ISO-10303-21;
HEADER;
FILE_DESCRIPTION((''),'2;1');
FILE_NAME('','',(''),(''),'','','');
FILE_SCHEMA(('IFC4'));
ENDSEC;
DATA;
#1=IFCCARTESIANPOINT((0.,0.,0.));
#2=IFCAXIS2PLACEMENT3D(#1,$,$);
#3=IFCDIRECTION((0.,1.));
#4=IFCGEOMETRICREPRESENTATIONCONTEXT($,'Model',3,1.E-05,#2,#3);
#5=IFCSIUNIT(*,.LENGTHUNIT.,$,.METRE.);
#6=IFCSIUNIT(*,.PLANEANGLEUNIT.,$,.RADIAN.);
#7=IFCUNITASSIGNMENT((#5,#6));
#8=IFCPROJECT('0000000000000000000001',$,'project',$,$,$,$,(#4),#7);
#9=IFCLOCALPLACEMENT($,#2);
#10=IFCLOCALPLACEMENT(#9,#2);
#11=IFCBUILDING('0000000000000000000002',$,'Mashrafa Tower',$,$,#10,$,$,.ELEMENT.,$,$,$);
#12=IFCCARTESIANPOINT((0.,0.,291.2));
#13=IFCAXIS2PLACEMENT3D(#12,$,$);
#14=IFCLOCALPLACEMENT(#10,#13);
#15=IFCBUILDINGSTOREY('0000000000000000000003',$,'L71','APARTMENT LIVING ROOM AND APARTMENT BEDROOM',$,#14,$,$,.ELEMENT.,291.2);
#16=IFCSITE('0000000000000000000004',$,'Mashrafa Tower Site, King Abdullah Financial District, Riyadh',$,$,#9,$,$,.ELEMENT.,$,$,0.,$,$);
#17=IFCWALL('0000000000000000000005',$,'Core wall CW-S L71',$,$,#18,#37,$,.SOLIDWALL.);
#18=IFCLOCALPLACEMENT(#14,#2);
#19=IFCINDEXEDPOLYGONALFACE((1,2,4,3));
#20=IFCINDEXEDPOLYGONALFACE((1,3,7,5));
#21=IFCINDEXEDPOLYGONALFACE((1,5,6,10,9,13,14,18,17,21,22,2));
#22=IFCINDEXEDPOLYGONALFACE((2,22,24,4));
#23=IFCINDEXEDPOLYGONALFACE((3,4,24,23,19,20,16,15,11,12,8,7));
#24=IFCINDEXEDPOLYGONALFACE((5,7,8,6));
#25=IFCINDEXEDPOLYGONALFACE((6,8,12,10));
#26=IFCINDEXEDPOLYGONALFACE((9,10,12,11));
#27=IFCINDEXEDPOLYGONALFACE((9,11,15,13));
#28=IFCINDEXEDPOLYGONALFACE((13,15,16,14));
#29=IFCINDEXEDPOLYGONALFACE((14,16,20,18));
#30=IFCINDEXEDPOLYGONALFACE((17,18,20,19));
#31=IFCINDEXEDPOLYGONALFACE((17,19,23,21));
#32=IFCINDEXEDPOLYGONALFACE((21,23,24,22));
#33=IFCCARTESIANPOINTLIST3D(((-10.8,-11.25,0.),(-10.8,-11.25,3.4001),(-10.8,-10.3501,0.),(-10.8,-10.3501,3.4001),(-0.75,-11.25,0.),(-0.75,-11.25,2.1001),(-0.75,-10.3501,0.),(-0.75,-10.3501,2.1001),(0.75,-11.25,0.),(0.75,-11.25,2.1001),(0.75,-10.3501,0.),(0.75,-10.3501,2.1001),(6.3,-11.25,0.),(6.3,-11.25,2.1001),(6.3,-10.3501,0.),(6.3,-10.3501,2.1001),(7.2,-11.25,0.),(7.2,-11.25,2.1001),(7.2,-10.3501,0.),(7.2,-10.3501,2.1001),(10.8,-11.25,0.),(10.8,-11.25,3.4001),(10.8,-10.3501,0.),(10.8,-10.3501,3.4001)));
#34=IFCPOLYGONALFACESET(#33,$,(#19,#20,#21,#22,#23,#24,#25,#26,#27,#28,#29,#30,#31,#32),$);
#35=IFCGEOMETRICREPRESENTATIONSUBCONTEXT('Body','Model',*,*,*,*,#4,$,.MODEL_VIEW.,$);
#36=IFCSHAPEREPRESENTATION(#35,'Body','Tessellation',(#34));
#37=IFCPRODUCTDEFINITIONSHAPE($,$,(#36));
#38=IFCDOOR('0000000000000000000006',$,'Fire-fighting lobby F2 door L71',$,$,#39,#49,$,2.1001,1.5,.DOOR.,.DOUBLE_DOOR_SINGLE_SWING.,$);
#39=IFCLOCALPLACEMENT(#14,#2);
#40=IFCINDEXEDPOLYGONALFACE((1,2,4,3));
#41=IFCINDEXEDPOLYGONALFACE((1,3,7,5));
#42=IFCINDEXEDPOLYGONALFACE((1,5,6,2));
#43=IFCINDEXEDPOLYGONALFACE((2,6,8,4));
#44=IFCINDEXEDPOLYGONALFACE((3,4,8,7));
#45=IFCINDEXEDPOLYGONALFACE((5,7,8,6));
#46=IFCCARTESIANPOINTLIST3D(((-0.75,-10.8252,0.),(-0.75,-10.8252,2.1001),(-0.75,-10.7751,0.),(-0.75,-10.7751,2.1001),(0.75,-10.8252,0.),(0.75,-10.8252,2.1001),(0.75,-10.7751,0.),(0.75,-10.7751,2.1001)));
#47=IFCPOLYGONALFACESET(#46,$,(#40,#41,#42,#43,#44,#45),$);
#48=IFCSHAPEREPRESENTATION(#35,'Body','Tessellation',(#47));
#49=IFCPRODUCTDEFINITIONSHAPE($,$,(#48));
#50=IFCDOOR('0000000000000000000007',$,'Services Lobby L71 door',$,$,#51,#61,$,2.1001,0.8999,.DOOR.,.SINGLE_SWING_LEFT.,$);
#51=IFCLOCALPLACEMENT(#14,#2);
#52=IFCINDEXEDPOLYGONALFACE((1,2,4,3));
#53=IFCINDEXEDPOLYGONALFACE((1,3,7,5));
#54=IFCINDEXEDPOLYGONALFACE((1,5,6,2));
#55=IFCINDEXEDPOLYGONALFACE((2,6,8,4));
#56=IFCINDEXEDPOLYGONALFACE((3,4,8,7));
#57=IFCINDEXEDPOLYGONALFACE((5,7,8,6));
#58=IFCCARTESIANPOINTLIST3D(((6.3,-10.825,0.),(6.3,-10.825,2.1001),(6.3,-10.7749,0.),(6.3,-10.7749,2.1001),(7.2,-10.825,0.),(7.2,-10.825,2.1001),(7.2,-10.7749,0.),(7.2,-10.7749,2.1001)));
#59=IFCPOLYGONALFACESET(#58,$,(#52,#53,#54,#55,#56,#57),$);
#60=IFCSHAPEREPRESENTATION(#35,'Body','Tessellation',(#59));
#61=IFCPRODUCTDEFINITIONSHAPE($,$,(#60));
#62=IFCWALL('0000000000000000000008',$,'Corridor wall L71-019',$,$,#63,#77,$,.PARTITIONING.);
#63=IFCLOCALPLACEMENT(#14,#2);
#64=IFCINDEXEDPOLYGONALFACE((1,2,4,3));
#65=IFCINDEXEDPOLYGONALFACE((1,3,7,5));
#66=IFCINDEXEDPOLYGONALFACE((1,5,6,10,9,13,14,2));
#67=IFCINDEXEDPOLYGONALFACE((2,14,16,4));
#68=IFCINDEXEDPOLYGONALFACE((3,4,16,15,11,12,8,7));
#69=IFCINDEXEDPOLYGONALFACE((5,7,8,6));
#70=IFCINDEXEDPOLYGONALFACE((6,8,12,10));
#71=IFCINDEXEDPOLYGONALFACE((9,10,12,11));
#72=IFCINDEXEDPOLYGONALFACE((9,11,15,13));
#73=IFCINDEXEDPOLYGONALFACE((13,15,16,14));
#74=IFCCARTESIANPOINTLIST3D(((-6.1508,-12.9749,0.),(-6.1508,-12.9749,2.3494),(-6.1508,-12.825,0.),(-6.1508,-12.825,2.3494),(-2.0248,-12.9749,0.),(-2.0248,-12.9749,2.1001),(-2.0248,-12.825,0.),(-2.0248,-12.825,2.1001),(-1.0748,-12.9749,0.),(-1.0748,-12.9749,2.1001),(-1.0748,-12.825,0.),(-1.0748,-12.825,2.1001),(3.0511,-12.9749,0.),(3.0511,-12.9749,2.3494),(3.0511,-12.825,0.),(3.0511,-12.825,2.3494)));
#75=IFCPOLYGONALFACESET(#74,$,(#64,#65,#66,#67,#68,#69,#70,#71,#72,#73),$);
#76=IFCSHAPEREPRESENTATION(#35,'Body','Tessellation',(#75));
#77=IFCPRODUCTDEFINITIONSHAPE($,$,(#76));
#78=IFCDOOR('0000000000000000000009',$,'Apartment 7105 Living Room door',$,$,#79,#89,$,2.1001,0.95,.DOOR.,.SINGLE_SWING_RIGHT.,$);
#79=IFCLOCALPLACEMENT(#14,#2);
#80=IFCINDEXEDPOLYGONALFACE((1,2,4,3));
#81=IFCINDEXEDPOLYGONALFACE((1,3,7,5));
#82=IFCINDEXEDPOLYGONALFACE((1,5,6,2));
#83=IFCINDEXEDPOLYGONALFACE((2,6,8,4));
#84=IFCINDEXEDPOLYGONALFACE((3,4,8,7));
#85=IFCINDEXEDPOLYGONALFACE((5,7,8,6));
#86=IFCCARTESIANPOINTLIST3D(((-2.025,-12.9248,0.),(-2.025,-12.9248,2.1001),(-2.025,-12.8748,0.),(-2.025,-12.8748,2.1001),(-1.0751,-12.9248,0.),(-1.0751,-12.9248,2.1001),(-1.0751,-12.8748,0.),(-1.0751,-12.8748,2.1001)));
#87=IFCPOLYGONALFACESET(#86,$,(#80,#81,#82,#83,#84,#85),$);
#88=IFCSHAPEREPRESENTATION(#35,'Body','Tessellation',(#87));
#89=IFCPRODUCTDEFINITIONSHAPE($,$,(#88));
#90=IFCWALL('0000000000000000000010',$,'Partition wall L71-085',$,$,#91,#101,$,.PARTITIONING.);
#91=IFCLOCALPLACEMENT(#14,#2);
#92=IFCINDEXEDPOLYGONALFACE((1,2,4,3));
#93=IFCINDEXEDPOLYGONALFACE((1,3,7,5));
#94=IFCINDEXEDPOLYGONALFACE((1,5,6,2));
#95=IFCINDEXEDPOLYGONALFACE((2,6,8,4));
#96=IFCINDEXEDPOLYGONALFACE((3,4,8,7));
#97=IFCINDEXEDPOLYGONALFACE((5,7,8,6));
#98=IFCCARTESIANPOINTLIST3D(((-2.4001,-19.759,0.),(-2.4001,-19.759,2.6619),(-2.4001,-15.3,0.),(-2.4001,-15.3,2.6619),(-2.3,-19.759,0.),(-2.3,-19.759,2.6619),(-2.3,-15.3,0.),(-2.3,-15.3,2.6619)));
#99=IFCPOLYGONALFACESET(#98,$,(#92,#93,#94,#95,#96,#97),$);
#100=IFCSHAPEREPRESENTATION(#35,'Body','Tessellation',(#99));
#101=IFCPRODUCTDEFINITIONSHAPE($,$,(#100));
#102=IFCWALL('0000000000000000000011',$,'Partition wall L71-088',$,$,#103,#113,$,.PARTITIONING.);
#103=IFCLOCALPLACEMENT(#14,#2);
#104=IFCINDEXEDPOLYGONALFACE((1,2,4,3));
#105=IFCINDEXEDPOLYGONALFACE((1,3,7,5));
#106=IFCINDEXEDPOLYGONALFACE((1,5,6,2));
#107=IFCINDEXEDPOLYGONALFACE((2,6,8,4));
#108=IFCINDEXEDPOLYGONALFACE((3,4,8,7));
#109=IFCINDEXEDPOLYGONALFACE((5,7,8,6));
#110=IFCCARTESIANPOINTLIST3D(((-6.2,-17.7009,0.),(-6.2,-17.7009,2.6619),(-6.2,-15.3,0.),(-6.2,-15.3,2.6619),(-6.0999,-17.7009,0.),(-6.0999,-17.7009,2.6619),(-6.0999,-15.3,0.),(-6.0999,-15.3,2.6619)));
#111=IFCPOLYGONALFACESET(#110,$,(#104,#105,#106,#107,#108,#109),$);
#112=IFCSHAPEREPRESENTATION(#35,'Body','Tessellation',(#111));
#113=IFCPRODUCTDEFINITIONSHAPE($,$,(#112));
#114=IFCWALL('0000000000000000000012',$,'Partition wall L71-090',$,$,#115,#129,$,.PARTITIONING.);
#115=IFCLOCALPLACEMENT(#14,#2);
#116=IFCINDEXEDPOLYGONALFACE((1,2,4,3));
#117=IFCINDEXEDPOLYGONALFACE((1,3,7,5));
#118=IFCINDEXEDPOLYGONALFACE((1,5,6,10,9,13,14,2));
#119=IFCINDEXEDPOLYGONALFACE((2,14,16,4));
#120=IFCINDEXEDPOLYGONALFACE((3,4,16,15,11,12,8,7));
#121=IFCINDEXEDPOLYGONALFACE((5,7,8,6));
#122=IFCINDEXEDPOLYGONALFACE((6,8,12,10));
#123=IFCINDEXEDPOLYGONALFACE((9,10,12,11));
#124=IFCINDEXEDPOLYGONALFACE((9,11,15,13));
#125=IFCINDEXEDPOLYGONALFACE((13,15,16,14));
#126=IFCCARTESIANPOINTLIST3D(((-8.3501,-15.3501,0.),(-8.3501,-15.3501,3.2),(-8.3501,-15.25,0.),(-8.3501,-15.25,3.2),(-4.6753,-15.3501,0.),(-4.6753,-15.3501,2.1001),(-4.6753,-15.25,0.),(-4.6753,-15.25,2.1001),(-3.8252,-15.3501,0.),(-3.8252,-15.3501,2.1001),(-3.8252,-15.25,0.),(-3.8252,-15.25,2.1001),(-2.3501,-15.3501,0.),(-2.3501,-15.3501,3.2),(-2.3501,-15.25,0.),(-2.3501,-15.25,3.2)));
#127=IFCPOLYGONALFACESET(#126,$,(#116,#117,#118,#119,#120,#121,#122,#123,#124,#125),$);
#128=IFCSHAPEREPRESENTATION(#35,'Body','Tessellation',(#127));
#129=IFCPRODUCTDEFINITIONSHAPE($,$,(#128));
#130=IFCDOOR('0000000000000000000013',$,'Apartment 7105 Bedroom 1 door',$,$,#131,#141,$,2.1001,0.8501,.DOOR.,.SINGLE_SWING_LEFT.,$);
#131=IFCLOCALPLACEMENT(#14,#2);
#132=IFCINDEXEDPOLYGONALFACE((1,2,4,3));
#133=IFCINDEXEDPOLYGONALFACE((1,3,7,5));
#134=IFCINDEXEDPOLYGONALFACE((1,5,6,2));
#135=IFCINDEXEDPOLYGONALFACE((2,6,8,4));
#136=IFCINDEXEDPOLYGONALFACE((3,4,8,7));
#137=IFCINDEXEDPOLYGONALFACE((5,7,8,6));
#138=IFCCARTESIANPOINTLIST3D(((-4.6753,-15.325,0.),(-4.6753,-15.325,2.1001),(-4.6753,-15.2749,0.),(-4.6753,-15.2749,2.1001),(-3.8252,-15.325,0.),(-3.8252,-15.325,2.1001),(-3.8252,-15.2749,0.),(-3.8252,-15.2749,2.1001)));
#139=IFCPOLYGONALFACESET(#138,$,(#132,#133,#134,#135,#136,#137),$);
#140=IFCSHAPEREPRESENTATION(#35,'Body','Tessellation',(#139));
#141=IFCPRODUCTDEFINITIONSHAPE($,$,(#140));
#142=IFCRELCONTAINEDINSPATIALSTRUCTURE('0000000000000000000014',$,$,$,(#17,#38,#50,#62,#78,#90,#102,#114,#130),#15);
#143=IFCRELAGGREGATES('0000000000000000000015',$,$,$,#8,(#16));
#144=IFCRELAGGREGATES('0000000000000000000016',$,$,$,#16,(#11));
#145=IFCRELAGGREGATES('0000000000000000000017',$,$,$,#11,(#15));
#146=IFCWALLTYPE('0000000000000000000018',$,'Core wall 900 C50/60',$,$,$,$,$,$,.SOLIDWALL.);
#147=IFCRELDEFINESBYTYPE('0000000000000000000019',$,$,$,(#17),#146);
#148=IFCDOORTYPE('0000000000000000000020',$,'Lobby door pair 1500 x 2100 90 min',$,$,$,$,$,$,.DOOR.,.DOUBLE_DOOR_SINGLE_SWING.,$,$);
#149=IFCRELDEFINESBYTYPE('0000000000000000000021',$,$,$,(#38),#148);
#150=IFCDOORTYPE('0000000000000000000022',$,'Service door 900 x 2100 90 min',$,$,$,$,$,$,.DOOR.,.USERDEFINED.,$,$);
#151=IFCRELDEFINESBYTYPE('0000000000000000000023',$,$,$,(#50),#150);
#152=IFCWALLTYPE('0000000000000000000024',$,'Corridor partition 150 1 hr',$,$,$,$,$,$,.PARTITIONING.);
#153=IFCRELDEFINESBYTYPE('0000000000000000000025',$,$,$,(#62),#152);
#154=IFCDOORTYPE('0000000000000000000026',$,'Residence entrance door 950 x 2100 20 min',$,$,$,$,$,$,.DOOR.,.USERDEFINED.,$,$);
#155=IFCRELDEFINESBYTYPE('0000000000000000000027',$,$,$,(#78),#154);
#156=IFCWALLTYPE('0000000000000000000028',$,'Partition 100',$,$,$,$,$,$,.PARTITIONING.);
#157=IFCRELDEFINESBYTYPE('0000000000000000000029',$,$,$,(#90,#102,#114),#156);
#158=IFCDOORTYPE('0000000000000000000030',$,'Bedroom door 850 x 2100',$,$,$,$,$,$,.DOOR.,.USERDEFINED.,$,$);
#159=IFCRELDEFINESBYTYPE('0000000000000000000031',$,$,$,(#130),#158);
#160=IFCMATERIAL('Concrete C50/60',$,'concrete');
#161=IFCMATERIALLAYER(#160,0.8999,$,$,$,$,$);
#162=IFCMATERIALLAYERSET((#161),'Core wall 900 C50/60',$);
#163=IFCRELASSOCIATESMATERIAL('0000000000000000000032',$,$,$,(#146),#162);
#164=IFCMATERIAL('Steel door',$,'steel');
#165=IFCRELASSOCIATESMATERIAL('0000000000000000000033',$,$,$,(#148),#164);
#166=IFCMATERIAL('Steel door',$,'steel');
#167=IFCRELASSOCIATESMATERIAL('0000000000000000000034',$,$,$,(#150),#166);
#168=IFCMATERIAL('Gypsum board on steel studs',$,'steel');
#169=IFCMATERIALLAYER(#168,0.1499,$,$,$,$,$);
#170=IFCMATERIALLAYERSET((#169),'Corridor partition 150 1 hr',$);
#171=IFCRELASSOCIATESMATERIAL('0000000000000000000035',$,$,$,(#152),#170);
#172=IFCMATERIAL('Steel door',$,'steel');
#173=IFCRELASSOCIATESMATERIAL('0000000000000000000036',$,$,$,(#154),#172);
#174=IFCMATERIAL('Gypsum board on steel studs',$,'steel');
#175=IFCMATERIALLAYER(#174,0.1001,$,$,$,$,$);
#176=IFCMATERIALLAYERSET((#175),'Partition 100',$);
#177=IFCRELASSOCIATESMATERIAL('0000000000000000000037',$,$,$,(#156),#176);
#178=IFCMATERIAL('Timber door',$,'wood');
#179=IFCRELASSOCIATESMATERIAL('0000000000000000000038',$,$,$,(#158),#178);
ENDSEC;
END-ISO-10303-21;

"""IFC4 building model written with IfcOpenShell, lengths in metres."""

from ifc_helpers import new_model, si_unit, direction, frame, frame_2d, origin, place, context, subcontext, project, spatial, rectangle, extrude, material, layer, layer_set, type_object, element, fill, save


model = new_model("IFC4")

# Units and contexts
model_context = context("Model", 3, precision=1e-05, world=origin(), true_north=direction((0.0, 1.0)))
body_context = subcontext(model_context, "Body", "Model", "MODEL_VIEW")
ifc_project = project(units=[si_unit("LENGTHUNIT", "METRE"), si_unit("PLANEANGLEUNIT", "RADIAN")], contexts=[model_context])

# Site, building, storey
site_placement = place(None, origin())
site = spatial("IfcSite", under=ifc_project, at=site_placement, Name="Mashrafa Tower Site, King Abdullah Financial District, Riyadh", CompositionType="ELEMENT", RefElevation=0.0)
building_placement = place(site_placement, origin())
building = spatial("IfcBuilding", under=site, at=building_placement, Name="Mashrafa Tower", CompositionType="ELEMENT")
storey_placement = place(building_placement, frame((0.0, 0.0, 291.2)))
storey = spatial("IfcBuildingStorey", under=building, at=storey_placement, Name="L71", Description="APARTMENT LIVING ROOM AND APARTMENT BEDROOM", CompositionType="ELEMENT", Elevation=291.2)

# Wall, openings, doors
ifc_material_1 = material(Name="Concrete C50/60", Category="concrete")
ifc_layer_1 = layer(ifc_material_1, 0.8999)
ifc_layer_set_1 = layer_set([ifc_layer_1], Name="Core wall 900 C50/60")
wall_type_1 = type_object("IfcWallType", Name="Core wall 900 C50/60", PredefinedType="SOLIDWALL", material=ifc_layer_set_1)
wall_1_placement = place(storey_placement, frame((-10.8, -10.8, 0.0), z_axis=(0.0, 0.0, 1.0), x_axis=(1.0, 0.0, 0.0)))
wall_1 = element("IfcWall", 1, at=wall_1_placement, inside=storey, type_object=wall_type_1, Name="Core wall CW-S L71", PredefinedType="SOLIDWALL", context=body_context, shape_type="SweptSolid", body=[
    extrude(rectangle(XDim=21.6001, YDim=0.8999, at=frame_2d((10.8, 0.0))), origin(), (0.0, 0.0, 1.0), 3.4001),
])
opening_1_placement = place(wall_1_placement, frame((10.05, 0.0, 0.0)))
opening_1 = element("IfcOpeningElement", 2, at=opening_1_placement, cuts=wall_1, PredefinedType="OPENING", context=body_context, shape_type="SweptSolid", body=[
    extrude(rectangle(XDim=1.5, YDim=2.1001, at=frame_2d((0.75, 1.05))), frame((0.0, 0.46, 0.0), z_axis=(0.0, -1.0, 0.0), x_axis=(1.0, 0.0, 0.0)), (0.0, 0.0, 1.0), 0.9199),
])
opening_2_placement = place(wall_1_placement, frame((17.1001, 0.0, 0.0)))
opening_2 = element("IfcOpeningElement", 3, at=opening_2_placement, cuts=wall_1, PredefinedType="OPENING", context=body_context, shape_type="SweptSolid", body=[
    extrude(rectangle(XDim=0.8999, YDim=2.1001, at=frame_2d((0.45, 1.05))), frame((0.0, 0.46, 0.0), z_axis=(0.0, -1.0, 0.0), x_axis=(1.0, 0.0, 0.0)), (0.0, 0.0, 1.0), 0.9199),
])
ifc_material_2 = material(Name="Steel door", Category="steel")
door_type_1 = type_object("IfcDoorType", Name="Lobby door pair 1500 x 2100 90 min", OperationType="DOUBLE_DOOR_SINGLE_SWING", PredefinedType="DOOR", material=ifc_material_2)
door_1_placement = place(opening_1_placement, origin())
door_1 = element("IfcDoor", 4, at=door_1_placement, inside=storey, type_object=door_type_1, Name="Fire-fighting lobby F2 door L71", OperationType="DOUBLE_DOOR_SINGLE_SWING", OverallHeight=2.1001, OverallWidth=1.5, PredefinedType="DOOR", context=body_context, shape_type="SweptSolid", body=[
    extrude(rectangle(XDim=1.5, YDim=2.1001, at=frame_2d((0.75, 1.05))), frame((0.0, 0.0249, 0.0), z_axis=(0.0, -1.0, 0.0), x_axis=(1.0, 0.0, 0.0)), (0.0, 0.0, 1.0), 0.05),
])
fill(opening_1, door_1)
ifc_material_3 = material(Name="Steel door", Category="steel")
door_type_2 = type_object("IfcDoorType", Name="Service door 900 x 2100 90 min", OperationType="USERDEFINED", PredefinedType="DOOR", material=ifc_material_3)
door_2_placement = place(opening_2_placement, frame((0.8999, 0.0, 0.0), z_axis=(0.0, 0.0, 1.0), x_axis=(-1.0, 0.0, 0.0)))
door_2 = element("IfcDoor", 5, at=door_2_placement, inside=storey, type_object=door_type_2, Name="Services Lobby L71 door", OperationType="SINGLE_SWING_LEFT", OverallHeight=2.1001, OverallWidth=0.8999, PredefinedType="DOOR", context=body_context, shape_type="SweptSolid", body=[
    extrude(rectangle(XDim=0.8999, YDim=2.1001, at=frame_2d((0.45, 1.05))), frame((0.0, 0.0249, 0.0), z_axis=(0.0, -1.0, 0.0), x_axis=(1.0, 0.0, 0.0)), (0.0, 0.0, 1.0), 0.05),
])
fill(opening_2, door_2)

# Wall, opening, door
ifc_material_4 = material(Name="Gypsum board on steel studs", Category="steel")
ifc_layer_2 = layer(ifc_material_4, 0.1499)
ifc_layer_set_2 = layer_set([ifc_layer_2], Name="Corridor partition 150 1 hr")
wall_type_2 = type_object("IfcWallType", Name="Corridor partition 150 1 hr", PredefinedType="PARTITIONING", material=ifc_layer_set_2)
wall_2_placement = place(storey_placement, frame((-6.1509, -12.8999, 0.0), z_axis=(0.0, 0.0, 1.0), x_axis=(1.0, 0.0, 0.0)))
wall_2 = element("IfcWall", 6, at=wall_2_placement, inside=storey, type_object=wall_type_2, Name="Corridor wall L71-019", PredefinedType="PARTITIONING", context=body_context, shape_type="SweptSolid", body=[
    extrude(rectangle(XDim=9.2019, YDim=0.1499, at=frame_2d((4.6011, 0.0))), origin(), (0.0, 0.0, 1.0), 2.3494),
])
opening_3_placement = place(wall_2_placement, frame((4.126, 0.0, 0.0)))
opening_3 = element("IfcOpeningElement", 7, at=opening_3_placement, cuts=wall_2, PredefinedType="OPENING", context=body_context, shape_type="SweptSolid", body=[
    extrude(rectangle(XDim=0.95, YDim=2.1001, at=frame_2d((0.4751, 1.05))), frame((0.0, 0.085, 0.0), z_axis=(0.0, -1.0, 0.0), x_axis=(1.0, 0.0, 0.0)), (0.0, 0.0, 1.0), 0.1699),
])
ifc_material_5 = material(Name="Steel door", Category="steel")
door_type_3 = type_object("IfcDoorType", Name="Residence entrance door 950 x 2100 20 min", OperationType="USERDEFINED", PredefinedType="DOOR", material=ifc_material_5)
door_3_placement = place(opening_3_placement, frame((0.95, 0.0, 0.0), z_axis=(0.0, 0.0, 1.0), x_axis=(-1.0, 0.0, 0.0)))
door_3 = element("IfcDoor", 8, at=door_3_placement, inside=storey, type_object=door_type_3, Name="Apartment 7105 Living Room door", OperationType="SINGLE_SWING_RIGHT", OverallHeight=2.1001, OverallWidth=0.95, PredefinedType="DOOR", context=body_context, shape_type="SweptSolid", body=[
    extrude(rectangle(XDim=0.95, YDim=2.1001, at=frame_2d((0.4751, 1.05))), frame((0.0, 0.0249, 0.0), z_axis=(0.0, -1.0, 0.0), x_axis=(1.0, 0.0, 0.0)), (0.0, 0.0, 1.0), 0.05),
])
fill(opening_3, door_3)

# Walls
ifc_material_6 = material(Name="Gypsum board on steel studs", Category="steel")
ifc_layer_3 = layer(ifc_material_6, 0.1001)
ifc_layer_set_3 = layer_set([ifc_layer_3], Name="Partition 100")
wall_type_3 = type_object("IfcWallType", Name="Partition 100", PredefinedType="PARTITIONING", material=ifc_layer_set_3)
wall_3_placement = place(storey_placement, frame((-2.3501, -15.3, 0.0), z_axis=(0.0, 0.0, 1.0), x_axis=(0.0, -1.0, 0.0)))
element("IfcWall", 9, at=wall_3_placement, inside=storey, type_object=wall_type_3, Name="Partition wall L71-085", PredefinedType="PARTITIONING", context=body_context, shape_type="SweptSolid", body=[
    extrude(rectangle(XDim=4.459, YDim=0.1001, at=frame_2d((2.2295, 0.0))), origin(), (0.0, 0.0, 1.0), 2.6619),
])
wall_4_placement = place(storey_placement, frame((-6.1499, -15.3, 0.0), z_axis=(0.0, 0.0, 1.0), x_axis=(0.0, -1.0, 0.0)))
element("IfcWall", 10, at=wall_4_placement, inside=storey, type_object=wall_type_3, Name="Partition wall L71-088", PredefinedType="PARTITIONING", context=body_context, shape_type="SweptSolid", body=[
    extrude(rectangle(XDim=2.4009, YDim=0.1001, at=frame_2d((1.2004, 0.0))), origin(), (0.0, 0.0, 1.0), 2.6619),
])

# Wall, opening, door
wall_5_placement = place(storey_placement, frame((-2.3501, -15.3, 0.0), z_axis=(0.0, 0.0, 1.0), x_axis=(-1.0, 0.0, 0.0)))
wall_5 = element("IfcWall", 11, at=wall_5_placement, inside=storey, type_object=wall_type_3, Name="Partition wall L71-090", PredefinedType="PARTITIONING", context=body_context, shape_type="SweptSolid", body=[
    extrude(rectangle(XDim=6.0, YDim=0.1001, at=frame_2d((3.0, 0.0))), origin(), (0.0, 0.0, 1.0), 3.2),
])
opening_4_placement = place(wall_5_placement, frame((1.4751, 0.0, 0.0)))
opening_4 = element("IfcOpeningElement", 12, at=opening_4_placement, cuts=wall_5, PredefinedType="OPENING", context=body_context, shape_type="SweptSolid", body=[
    extrude(rectangle(XDim=0.8501, YDim=2.1001, at=frame_2d((0.425, 1.05))), frame((0.0, 0.0601, 0.0), z_axis=(0.0, -1.0, 0.0), x_axis=(1.0, 0.0, 0.0)), (0.0, 0.0, 1.0), 0.1201),
])
ifc_material_7 = material(Name="Timber door", Category="wood")
door_type_4 = type_object("IfcDoorType", Name="Bedroom door 850 x 2100", OperationType="USERDEFINED", PredefinedType="DOOR", material=ifc_material_7)
door_4_placement = place(opening_4_placement, origin())
door_4 = element("IfcDoor", 13, at=door_4_placement, inside=storey, type_object=door_type_4, Name="Apartment 7105 Bedroom 1 door", OperationType="SINGLE_SWING_LEFT", OverallHeight=2.1001, OverallWidth=0.8501, PredefinedType="DOOR", context=body_context, shape_type="SweptSolid", body=[
    extrude(rectangle(XDim=0.8501, YDim=2.1001, at=frame_2d((0.425, 1.05))), frame((0.0, 0.0249, 0.0), z_axis=(0.0, -1.0, 0.0), x_axis=(1.0, 0.0, 0.0)), (0.0, 0.0, 1.0), 0.05),
])
fill(opening_4, door_4)

save(model, "model.ifc")
